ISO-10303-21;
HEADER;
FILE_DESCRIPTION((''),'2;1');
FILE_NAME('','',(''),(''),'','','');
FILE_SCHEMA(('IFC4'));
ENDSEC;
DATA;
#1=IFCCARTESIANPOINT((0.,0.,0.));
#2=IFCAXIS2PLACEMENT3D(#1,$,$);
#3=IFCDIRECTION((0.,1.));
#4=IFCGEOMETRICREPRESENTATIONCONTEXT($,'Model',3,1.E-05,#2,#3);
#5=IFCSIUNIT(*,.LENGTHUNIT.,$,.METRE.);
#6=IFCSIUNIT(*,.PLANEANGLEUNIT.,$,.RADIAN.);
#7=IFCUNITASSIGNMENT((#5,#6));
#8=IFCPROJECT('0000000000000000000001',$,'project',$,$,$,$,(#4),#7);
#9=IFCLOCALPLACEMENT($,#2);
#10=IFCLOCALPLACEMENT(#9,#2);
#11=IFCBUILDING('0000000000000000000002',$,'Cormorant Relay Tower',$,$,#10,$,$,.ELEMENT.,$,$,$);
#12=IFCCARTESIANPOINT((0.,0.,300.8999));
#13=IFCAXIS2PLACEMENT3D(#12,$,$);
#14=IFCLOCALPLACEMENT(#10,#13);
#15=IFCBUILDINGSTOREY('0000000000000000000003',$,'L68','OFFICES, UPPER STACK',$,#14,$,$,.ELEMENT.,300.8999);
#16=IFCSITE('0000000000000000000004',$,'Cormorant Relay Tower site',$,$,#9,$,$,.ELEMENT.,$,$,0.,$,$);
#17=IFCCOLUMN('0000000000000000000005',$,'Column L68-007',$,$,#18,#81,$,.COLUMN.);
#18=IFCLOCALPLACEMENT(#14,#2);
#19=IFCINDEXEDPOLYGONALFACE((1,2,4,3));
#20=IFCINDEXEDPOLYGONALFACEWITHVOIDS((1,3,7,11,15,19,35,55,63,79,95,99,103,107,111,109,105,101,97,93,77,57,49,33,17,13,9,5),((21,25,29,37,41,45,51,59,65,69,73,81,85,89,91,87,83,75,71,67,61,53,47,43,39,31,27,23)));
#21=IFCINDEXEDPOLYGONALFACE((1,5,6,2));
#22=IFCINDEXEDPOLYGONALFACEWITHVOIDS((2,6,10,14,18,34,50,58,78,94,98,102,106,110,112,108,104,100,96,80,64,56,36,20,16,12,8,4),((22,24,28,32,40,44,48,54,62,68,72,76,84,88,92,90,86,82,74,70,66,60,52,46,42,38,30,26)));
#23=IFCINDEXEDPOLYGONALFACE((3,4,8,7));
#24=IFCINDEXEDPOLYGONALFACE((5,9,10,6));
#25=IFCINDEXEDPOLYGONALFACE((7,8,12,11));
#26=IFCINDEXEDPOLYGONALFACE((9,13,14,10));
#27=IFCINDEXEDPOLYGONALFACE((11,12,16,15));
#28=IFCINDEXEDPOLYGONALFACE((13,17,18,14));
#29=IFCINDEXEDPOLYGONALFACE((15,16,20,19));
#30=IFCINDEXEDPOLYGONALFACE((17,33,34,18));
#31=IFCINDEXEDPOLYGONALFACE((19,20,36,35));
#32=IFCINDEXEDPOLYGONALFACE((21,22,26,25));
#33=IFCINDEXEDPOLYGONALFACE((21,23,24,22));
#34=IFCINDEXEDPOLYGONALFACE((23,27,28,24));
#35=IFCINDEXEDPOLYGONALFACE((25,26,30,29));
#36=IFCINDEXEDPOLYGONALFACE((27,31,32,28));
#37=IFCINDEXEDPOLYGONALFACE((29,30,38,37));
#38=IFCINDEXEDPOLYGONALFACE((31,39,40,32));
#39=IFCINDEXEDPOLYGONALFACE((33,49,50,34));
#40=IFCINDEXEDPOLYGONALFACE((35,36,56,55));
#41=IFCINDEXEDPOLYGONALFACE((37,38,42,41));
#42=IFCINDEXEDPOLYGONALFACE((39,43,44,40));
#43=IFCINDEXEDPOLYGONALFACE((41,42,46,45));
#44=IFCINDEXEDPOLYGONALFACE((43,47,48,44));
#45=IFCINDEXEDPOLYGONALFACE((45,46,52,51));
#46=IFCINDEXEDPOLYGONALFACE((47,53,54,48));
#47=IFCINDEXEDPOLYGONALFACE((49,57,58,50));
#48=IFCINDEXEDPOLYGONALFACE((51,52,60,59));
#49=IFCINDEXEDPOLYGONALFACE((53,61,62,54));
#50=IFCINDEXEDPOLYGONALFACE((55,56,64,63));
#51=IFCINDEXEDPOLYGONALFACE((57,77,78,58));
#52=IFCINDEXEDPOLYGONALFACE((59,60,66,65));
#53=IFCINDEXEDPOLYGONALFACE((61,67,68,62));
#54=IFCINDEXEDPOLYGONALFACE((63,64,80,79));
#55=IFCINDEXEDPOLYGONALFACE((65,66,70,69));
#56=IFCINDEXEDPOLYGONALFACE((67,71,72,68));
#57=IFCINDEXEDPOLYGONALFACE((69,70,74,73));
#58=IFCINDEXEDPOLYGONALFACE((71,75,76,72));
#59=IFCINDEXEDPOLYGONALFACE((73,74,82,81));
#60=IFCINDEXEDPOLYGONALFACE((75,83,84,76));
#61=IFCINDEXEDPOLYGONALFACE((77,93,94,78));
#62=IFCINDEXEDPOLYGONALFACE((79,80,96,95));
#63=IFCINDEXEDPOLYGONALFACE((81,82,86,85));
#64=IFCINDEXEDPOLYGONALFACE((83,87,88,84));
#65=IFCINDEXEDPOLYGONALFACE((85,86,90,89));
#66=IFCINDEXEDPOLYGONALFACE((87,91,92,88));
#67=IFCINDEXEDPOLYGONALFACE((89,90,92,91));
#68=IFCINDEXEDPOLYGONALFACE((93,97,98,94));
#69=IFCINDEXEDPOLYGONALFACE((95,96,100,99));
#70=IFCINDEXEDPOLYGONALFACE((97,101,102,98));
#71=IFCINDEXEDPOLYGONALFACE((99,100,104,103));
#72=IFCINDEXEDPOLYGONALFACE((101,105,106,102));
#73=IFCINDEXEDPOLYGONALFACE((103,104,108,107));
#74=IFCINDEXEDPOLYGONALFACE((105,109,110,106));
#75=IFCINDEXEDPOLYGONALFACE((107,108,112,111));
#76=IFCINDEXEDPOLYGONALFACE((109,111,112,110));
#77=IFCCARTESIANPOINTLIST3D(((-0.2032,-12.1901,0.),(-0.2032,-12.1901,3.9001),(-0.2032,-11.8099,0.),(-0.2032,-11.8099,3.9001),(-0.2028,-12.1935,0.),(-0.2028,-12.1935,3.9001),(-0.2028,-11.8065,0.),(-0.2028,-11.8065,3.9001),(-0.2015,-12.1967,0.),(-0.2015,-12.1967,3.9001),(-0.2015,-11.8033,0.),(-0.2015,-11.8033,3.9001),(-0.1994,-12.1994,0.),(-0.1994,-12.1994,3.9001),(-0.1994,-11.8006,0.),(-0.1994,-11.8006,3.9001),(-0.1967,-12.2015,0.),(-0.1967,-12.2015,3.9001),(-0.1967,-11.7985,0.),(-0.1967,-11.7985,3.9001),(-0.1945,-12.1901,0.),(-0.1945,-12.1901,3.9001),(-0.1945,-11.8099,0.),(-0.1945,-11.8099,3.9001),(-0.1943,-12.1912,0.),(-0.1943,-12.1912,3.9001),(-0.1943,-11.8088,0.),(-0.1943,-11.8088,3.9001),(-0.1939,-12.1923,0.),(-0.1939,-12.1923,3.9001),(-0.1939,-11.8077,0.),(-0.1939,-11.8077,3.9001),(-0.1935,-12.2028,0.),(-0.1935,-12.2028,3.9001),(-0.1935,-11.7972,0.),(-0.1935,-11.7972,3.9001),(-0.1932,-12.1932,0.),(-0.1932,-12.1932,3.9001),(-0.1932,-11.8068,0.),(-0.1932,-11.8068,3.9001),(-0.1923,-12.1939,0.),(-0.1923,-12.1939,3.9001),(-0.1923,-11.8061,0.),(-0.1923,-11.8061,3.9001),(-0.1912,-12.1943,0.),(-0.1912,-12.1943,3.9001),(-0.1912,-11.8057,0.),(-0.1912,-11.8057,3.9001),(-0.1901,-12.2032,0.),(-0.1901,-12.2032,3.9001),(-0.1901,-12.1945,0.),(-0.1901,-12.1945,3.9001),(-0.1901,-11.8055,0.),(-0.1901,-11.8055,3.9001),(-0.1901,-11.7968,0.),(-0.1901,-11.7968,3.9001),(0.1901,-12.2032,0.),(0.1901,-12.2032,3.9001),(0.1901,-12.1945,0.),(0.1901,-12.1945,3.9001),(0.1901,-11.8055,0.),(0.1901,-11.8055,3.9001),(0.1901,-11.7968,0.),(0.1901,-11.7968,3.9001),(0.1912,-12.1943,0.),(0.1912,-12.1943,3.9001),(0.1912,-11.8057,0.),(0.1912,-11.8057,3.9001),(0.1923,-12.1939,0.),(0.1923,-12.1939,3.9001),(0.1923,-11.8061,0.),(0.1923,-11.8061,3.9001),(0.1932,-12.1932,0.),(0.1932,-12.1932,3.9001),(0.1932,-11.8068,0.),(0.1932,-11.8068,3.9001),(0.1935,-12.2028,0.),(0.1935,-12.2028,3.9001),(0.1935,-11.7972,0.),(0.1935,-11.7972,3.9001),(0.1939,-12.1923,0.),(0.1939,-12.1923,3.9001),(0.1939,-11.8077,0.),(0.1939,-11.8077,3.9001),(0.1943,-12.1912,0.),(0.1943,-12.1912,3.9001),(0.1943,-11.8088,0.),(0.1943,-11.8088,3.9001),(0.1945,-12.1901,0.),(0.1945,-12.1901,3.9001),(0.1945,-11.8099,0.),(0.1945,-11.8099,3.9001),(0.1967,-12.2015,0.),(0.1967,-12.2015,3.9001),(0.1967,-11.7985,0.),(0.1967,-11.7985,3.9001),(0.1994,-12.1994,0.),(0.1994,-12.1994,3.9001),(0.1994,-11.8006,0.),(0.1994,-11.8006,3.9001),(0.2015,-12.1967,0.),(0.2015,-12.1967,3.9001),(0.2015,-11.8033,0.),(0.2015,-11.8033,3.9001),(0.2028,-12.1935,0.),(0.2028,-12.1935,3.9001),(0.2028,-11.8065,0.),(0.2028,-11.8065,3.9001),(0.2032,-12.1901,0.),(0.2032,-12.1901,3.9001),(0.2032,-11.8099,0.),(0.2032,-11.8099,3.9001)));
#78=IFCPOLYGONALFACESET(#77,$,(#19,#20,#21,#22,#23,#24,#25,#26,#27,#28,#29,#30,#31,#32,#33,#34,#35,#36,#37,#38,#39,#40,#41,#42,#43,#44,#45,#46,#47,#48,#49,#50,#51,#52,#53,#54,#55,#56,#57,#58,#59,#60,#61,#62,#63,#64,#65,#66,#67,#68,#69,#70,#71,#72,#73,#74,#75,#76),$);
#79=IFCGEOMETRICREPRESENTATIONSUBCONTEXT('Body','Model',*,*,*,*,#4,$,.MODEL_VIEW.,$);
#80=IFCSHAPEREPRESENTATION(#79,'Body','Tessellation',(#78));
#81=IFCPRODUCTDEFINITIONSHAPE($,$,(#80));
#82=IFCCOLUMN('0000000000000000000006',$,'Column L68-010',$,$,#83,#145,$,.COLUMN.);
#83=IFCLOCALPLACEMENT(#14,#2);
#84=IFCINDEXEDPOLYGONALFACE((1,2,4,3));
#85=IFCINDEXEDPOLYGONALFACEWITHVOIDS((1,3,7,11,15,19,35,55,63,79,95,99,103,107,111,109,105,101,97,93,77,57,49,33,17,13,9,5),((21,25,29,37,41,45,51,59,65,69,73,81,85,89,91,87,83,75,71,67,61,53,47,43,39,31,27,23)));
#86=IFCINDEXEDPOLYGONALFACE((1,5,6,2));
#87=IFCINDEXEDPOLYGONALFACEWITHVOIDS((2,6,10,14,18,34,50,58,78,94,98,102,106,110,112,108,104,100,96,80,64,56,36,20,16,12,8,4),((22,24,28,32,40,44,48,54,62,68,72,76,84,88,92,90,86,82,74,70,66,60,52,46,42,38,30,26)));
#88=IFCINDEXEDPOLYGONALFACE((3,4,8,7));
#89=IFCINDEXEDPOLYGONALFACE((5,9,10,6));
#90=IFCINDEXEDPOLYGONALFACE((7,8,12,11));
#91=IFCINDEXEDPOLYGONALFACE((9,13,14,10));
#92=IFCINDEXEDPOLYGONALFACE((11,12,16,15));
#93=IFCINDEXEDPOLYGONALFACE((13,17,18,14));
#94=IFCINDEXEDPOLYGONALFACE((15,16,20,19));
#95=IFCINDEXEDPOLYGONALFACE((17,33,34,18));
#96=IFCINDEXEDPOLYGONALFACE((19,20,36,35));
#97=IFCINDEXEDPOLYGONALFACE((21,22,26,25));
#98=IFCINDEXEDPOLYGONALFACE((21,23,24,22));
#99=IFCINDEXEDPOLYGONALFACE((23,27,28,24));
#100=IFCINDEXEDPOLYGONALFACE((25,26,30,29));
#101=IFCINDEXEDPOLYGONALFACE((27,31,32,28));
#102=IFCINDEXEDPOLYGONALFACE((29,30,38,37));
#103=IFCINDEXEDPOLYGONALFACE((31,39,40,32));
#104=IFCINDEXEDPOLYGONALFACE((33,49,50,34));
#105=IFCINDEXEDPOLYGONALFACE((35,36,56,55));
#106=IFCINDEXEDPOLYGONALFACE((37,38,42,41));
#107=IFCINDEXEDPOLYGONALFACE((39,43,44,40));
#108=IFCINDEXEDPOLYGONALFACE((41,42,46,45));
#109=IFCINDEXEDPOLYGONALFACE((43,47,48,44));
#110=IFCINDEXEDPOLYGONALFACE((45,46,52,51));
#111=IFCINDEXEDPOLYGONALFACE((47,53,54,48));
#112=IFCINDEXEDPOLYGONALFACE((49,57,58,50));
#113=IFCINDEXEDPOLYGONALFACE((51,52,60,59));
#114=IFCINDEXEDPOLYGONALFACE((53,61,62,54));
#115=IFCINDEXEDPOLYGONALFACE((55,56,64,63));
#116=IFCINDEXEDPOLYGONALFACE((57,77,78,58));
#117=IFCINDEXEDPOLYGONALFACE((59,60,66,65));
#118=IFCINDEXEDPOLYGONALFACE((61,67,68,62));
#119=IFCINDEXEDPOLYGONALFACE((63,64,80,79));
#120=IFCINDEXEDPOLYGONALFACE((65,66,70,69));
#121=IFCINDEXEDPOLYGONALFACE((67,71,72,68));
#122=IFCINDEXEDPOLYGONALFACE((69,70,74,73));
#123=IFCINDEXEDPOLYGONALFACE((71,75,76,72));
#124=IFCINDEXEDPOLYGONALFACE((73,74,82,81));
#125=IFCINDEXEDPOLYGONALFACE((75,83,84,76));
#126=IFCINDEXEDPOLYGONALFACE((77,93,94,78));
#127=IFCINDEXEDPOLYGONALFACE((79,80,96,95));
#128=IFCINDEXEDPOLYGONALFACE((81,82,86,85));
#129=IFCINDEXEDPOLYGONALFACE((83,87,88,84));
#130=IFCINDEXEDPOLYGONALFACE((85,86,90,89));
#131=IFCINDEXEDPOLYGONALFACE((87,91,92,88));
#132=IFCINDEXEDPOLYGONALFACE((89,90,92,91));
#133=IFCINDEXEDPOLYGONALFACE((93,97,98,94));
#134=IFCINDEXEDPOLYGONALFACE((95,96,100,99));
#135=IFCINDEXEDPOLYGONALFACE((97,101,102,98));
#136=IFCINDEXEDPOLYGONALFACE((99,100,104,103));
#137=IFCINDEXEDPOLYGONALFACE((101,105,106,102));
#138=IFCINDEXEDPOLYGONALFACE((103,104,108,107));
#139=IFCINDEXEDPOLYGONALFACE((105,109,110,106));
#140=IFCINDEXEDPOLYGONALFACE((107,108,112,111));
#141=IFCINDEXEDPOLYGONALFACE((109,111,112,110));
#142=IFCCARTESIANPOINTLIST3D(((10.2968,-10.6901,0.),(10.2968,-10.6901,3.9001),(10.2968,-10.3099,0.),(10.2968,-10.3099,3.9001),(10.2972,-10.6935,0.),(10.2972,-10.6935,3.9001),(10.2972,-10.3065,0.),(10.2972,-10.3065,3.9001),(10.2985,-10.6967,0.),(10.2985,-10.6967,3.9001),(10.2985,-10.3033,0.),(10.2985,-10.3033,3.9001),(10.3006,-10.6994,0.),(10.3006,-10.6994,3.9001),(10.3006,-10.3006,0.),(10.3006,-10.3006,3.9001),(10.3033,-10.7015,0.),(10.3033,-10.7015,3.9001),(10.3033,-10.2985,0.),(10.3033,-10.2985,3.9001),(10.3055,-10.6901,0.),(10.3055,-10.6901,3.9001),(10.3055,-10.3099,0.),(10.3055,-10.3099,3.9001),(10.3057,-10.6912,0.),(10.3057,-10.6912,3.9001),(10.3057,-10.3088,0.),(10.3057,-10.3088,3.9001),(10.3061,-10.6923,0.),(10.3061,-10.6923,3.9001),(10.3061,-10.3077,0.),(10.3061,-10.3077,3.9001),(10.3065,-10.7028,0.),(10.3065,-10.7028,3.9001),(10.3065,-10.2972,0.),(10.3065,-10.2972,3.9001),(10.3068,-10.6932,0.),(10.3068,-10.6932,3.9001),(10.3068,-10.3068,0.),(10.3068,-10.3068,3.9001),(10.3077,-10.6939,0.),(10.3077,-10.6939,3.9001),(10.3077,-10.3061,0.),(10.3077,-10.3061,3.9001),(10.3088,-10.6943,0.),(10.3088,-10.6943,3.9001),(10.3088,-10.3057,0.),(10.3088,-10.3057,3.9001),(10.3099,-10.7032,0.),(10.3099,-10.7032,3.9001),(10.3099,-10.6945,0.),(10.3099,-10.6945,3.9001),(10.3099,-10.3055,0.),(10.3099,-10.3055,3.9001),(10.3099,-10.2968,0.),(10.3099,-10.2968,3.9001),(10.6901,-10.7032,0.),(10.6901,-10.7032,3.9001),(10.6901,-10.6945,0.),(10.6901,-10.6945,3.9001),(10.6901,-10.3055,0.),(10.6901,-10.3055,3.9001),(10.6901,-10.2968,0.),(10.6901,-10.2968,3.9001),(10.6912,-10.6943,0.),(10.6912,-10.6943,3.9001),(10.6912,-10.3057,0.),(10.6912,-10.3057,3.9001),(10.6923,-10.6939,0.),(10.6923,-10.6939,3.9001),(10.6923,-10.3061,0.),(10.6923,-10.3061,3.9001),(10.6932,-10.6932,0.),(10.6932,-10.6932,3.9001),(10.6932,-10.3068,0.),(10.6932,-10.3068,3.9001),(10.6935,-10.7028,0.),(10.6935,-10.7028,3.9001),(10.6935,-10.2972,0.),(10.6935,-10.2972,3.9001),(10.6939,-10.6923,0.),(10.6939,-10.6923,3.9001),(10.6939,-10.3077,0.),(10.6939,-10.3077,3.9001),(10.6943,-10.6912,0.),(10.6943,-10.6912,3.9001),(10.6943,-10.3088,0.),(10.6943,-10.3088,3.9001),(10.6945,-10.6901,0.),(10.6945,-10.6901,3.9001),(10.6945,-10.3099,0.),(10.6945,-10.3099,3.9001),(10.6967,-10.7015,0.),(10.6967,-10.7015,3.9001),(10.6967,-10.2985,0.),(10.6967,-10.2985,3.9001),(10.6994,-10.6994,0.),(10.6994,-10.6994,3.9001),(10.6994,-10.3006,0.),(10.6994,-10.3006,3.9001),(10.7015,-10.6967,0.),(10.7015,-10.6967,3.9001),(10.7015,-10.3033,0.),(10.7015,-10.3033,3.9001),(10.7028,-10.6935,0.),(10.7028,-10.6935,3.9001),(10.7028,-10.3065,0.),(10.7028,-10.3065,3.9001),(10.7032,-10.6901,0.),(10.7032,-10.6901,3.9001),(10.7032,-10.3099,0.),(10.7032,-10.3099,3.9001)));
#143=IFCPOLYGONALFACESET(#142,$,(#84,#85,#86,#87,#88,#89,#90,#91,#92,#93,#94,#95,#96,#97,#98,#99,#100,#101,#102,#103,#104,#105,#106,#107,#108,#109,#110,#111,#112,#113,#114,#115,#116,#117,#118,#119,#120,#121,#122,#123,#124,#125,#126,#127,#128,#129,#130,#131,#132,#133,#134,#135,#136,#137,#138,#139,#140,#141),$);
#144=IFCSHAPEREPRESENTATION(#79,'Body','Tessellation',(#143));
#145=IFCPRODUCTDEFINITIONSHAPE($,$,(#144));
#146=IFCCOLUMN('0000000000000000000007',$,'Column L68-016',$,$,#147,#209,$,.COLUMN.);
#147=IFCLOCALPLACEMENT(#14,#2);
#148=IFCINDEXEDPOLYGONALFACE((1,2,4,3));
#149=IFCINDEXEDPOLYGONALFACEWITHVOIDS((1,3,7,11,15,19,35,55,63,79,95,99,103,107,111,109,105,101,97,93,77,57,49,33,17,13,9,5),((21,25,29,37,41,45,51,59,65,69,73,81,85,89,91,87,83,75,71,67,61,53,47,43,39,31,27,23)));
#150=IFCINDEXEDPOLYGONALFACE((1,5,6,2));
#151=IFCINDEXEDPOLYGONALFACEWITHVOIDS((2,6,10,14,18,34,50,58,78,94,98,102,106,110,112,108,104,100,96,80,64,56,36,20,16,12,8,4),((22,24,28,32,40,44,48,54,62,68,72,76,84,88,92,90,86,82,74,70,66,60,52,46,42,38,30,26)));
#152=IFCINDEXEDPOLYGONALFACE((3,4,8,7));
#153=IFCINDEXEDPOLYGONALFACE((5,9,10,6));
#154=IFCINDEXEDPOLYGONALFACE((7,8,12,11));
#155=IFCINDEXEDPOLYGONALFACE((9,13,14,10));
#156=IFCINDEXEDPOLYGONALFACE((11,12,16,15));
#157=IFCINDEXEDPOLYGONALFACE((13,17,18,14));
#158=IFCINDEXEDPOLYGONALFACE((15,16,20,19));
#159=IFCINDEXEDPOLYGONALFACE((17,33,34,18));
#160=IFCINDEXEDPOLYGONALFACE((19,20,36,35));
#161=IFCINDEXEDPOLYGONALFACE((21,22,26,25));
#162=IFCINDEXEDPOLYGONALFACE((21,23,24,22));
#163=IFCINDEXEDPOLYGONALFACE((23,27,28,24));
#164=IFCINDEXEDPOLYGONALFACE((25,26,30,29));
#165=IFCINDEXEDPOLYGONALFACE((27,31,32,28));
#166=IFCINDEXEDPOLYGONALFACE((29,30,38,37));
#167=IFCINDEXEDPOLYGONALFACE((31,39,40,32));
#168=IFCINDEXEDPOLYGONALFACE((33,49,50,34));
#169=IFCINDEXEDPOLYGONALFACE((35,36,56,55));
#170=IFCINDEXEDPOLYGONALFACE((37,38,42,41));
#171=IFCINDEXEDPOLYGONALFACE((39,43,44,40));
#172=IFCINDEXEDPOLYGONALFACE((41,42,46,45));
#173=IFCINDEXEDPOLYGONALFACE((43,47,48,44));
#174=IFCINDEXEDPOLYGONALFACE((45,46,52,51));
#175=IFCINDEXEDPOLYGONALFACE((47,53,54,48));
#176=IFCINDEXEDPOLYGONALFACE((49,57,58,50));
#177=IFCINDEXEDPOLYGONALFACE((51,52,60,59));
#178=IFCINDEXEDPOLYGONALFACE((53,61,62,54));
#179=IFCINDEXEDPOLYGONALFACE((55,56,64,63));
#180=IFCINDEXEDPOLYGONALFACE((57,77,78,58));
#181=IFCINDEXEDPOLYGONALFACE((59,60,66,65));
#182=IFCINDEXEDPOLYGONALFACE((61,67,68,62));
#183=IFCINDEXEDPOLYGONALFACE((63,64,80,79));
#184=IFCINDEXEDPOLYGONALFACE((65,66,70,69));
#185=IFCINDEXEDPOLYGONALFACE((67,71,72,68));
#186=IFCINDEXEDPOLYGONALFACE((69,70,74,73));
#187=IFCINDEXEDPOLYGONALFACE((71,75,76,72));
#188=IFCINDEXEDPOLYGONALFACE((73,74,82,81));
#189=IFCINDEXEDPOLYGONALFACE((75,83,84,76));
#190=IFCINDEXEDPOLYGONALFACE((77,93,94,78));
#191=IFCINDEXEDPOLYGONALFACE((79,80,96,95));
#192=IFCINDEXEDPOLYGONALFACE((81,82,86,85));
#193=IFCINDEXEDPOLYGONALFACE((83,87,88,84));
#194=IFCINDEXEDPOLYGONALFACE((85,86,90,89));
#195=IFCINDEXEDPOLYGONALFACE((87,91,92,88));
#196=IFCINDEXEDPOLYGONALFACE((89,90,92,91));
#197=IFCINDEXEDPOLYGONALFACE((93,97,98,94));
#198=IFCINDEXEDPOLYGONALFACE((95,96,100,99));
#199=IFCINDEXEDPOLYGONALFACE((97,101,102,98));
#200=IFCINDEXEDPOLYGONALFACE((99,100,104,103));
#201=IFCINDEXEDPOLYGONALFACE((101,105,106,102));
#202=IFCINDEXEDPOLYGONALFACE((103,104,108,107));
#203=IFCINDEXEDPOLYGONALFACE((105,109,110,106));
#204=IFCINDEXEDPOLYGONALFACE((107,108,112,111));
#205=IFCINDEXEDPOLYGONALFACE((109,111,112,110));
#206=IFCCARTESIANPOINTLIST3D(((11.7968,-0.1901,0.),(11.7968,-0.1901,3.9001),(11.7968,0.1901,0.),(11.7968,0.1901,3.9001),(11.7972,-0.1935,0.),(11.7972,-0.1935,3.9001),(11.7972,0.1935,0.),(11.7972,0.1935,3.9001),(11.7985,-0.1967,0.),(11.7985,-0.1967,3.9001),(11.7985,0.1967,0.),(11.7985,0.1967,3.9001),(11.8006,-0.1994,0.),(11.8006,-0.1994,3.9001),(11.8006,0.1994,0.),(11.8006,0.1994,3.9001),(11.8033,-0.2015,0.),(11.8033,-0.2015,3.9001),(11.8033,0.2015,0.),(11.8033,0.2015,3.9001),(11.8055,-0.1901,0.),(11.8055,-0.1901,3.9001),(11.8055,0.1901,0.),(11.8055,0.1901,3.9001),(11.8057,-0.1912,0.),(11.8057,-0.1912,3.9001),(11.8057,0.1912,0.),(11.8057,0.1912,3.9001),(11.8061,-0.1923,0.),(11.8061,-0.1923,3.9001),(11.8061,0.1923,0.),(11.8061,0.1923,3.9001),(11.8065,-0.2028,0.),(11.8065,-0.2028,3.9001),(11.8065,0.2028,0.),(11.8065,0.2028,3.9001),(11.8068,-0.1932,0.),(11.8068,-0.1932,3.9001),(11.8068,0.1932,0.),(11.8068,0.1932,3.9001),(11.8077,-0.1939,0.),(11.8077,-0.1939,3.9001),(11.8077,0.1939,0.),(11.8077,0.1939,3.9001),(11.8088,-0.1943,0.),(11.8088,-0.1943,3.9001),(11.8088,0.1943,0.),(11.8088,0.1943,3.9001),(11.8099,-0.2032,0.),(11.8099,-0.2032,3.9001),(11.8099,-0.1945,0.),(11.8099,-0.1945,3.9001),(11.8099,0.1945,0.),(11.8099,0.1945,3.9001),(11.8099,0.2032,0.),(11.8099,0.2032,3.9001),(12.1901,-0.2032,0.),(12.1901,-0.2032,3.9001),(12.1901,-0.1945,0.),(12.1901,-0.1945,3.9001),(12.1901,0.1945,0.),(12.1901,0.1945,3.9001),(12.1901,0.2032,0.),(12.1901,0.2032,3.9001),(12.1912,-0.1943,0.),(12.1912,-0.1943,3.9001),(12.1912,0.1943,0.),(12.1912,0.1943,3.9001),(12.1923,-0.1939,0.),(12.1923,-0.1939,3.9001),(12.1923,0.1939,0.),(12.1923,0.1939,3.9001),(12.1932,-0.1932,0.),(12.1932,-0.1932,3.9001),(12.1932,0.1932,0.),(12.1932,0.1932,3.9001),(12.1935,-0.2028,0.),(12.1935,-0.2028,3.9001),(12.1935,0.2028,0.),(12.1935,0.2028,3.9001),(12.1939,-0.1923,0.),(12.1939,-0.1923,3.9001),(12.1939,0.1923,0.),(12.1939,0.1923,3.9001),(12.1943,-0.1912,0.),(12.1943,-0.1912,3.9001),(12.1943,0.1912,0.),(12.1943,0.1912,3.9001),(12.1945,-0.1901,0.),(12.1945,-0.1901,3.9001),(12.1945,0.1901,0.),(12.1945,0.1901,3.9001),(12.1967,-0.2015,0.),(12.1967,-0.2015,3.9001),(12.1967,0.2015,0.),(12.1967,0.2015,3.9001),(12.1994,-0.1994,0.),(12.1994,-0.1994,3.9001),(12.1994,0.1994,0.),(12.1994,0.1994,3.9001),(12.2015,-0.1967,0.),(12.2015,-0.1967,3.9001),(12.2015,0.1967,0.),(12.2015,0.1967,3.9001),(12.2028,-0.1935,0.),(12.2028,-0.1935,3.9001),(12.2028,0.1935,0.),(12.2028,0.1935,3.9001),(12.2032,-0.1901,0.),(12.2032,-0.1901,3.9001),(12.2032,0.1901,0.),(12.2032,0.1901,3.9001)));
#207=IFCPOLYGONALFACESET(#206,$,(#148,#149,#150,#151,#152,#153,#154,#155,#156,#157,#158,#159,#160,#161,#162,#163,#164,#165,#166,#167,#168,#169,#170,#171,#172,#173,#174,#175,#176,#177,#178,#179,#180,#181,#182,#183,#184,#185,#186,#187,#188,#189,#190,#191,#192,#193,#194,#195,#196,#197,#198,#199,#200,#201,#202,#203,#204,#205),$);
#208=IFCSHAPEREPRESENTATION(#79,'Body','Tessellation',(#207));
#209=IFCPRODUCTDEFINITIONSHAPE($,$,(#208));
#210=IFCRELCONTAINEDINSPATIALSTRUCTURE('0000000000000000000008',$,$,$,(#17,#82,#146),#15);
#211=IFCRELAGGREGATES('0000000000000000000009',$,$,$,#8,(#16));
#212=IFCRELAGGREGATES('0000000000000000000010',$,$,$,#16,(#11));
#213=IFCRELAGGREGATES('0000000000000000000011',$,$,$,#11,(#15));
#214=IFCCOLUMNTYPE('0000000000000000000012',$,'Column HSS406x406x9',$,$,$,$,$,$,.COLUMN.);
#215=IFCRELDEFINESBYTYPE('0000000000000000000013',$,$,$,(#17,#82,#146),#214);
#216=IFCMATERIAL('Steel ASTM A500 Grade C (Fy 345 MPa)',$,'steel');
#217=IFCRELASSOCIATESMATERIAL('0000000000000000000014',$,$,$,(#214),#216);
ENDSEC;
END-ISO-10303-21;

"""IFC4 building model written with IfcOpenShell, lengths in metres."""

from ifc_helpers import new_model, si_unit, direction, frame, origin, origin_2d, place, context, subcontext, project, spatial, hollow_rectangle, extrude, material, material_profile, profile_set, type_object, element, save


model = new_model("IFC4")

# Units and contexts
model_context = context("Model", 3, precision=1e-05, world=origin(), true_north=direction((0.0, 1.0)))
body_context = subcontext(model_context, "Body", "Model", "MODEL_VIEW")
ifc_project = project(units=[si_unit("LENGTHUNIT", "METRE"), si_unit("PLANEANGLEUNIT", "RADIAN")], contexts=[model_context])

# Site, building, storey
site_placement = place(None, origin())
site = spatial("IfcSite", under=ifc_project, at=site_placement, Name="Cormorant Relay Tower site", CompositionType="ELEMENT", RefElevation=0.0)
building_placement = place(site_placement, origin())
building = spatial("IfcBuilding", under=site, at=building_placement, Name="Cormorant Relay Tower", CompositionType="ELEMENT")
storey_placement = place(building_placement, frame((0.0, 0.0, 300.8999)))
storey = spatial("IfcBuildingStorey", under=building, at=storey_placement, Name="L68", Description="OFFICES, UPPER STACK", CompositionType="ELEMENT", Elevation=300.8999)

# Columns
ifc_material_1 = material(Name="Steel ASTM A500 Grade C (Fy 345 MPa)", Category="steel")
ifc_material_profile = material_profile(ifc_material_1, hollow_rectangle(XDim=0.4065, YDim=0.4065, WallThickness=0.0088, InnerFilletRadius=0.0044, OuterFilletRadius=0.0132, at=origin_2d()), Name="HSS406x406x9")
ifc_profile_set = profile_set([ifc_material_profile], Name="Steel ASTM A500 Grade C (Fy 345 MPa)")
column_type = type_object("IfcColumnType", Name="Column HSS406x406x9", PredefinedType="COLUMN", material=ifc_profile_set)
for number, where, z_axis, x_axis, name in (
    (1, (0.0, -12.0, 0.0), (0.0, 0.0, 1.0), (1.0, 0.0, 0.0), "Column L68-007"),
    (2, (10.5, -10.5, 0.0), (0.0, 0.0, 1.0), (1.0, 0.0, 0.0), "Column L68-010"),
    (3, (12.0, 0.0, 0.0), (0.0, 0.0, 1.0), (1.0, 0.0, 0.0), "Column L68-016"),
):
    element("IfcColumn", number, at=place(storey_placement, frame(where, z_axis=z_axis, x_axis=x_axis)), inside=storey, type_object=column_type, Name=name, PredefinedType="COLUMN", context=body_context, shape_type="SweptSolid", body=[
        extrude(hollow_rectangle(XDim=0.4065, YDim=0.4065, WallThickness=0.0088, InnerFilletRadius=0.0044, OuterFilletRadius=0.0132, at=origin_2d()), origin(), (0.0, 0.0, 1.0), 3.9001),
    ])

save(model, "model.ifc")
